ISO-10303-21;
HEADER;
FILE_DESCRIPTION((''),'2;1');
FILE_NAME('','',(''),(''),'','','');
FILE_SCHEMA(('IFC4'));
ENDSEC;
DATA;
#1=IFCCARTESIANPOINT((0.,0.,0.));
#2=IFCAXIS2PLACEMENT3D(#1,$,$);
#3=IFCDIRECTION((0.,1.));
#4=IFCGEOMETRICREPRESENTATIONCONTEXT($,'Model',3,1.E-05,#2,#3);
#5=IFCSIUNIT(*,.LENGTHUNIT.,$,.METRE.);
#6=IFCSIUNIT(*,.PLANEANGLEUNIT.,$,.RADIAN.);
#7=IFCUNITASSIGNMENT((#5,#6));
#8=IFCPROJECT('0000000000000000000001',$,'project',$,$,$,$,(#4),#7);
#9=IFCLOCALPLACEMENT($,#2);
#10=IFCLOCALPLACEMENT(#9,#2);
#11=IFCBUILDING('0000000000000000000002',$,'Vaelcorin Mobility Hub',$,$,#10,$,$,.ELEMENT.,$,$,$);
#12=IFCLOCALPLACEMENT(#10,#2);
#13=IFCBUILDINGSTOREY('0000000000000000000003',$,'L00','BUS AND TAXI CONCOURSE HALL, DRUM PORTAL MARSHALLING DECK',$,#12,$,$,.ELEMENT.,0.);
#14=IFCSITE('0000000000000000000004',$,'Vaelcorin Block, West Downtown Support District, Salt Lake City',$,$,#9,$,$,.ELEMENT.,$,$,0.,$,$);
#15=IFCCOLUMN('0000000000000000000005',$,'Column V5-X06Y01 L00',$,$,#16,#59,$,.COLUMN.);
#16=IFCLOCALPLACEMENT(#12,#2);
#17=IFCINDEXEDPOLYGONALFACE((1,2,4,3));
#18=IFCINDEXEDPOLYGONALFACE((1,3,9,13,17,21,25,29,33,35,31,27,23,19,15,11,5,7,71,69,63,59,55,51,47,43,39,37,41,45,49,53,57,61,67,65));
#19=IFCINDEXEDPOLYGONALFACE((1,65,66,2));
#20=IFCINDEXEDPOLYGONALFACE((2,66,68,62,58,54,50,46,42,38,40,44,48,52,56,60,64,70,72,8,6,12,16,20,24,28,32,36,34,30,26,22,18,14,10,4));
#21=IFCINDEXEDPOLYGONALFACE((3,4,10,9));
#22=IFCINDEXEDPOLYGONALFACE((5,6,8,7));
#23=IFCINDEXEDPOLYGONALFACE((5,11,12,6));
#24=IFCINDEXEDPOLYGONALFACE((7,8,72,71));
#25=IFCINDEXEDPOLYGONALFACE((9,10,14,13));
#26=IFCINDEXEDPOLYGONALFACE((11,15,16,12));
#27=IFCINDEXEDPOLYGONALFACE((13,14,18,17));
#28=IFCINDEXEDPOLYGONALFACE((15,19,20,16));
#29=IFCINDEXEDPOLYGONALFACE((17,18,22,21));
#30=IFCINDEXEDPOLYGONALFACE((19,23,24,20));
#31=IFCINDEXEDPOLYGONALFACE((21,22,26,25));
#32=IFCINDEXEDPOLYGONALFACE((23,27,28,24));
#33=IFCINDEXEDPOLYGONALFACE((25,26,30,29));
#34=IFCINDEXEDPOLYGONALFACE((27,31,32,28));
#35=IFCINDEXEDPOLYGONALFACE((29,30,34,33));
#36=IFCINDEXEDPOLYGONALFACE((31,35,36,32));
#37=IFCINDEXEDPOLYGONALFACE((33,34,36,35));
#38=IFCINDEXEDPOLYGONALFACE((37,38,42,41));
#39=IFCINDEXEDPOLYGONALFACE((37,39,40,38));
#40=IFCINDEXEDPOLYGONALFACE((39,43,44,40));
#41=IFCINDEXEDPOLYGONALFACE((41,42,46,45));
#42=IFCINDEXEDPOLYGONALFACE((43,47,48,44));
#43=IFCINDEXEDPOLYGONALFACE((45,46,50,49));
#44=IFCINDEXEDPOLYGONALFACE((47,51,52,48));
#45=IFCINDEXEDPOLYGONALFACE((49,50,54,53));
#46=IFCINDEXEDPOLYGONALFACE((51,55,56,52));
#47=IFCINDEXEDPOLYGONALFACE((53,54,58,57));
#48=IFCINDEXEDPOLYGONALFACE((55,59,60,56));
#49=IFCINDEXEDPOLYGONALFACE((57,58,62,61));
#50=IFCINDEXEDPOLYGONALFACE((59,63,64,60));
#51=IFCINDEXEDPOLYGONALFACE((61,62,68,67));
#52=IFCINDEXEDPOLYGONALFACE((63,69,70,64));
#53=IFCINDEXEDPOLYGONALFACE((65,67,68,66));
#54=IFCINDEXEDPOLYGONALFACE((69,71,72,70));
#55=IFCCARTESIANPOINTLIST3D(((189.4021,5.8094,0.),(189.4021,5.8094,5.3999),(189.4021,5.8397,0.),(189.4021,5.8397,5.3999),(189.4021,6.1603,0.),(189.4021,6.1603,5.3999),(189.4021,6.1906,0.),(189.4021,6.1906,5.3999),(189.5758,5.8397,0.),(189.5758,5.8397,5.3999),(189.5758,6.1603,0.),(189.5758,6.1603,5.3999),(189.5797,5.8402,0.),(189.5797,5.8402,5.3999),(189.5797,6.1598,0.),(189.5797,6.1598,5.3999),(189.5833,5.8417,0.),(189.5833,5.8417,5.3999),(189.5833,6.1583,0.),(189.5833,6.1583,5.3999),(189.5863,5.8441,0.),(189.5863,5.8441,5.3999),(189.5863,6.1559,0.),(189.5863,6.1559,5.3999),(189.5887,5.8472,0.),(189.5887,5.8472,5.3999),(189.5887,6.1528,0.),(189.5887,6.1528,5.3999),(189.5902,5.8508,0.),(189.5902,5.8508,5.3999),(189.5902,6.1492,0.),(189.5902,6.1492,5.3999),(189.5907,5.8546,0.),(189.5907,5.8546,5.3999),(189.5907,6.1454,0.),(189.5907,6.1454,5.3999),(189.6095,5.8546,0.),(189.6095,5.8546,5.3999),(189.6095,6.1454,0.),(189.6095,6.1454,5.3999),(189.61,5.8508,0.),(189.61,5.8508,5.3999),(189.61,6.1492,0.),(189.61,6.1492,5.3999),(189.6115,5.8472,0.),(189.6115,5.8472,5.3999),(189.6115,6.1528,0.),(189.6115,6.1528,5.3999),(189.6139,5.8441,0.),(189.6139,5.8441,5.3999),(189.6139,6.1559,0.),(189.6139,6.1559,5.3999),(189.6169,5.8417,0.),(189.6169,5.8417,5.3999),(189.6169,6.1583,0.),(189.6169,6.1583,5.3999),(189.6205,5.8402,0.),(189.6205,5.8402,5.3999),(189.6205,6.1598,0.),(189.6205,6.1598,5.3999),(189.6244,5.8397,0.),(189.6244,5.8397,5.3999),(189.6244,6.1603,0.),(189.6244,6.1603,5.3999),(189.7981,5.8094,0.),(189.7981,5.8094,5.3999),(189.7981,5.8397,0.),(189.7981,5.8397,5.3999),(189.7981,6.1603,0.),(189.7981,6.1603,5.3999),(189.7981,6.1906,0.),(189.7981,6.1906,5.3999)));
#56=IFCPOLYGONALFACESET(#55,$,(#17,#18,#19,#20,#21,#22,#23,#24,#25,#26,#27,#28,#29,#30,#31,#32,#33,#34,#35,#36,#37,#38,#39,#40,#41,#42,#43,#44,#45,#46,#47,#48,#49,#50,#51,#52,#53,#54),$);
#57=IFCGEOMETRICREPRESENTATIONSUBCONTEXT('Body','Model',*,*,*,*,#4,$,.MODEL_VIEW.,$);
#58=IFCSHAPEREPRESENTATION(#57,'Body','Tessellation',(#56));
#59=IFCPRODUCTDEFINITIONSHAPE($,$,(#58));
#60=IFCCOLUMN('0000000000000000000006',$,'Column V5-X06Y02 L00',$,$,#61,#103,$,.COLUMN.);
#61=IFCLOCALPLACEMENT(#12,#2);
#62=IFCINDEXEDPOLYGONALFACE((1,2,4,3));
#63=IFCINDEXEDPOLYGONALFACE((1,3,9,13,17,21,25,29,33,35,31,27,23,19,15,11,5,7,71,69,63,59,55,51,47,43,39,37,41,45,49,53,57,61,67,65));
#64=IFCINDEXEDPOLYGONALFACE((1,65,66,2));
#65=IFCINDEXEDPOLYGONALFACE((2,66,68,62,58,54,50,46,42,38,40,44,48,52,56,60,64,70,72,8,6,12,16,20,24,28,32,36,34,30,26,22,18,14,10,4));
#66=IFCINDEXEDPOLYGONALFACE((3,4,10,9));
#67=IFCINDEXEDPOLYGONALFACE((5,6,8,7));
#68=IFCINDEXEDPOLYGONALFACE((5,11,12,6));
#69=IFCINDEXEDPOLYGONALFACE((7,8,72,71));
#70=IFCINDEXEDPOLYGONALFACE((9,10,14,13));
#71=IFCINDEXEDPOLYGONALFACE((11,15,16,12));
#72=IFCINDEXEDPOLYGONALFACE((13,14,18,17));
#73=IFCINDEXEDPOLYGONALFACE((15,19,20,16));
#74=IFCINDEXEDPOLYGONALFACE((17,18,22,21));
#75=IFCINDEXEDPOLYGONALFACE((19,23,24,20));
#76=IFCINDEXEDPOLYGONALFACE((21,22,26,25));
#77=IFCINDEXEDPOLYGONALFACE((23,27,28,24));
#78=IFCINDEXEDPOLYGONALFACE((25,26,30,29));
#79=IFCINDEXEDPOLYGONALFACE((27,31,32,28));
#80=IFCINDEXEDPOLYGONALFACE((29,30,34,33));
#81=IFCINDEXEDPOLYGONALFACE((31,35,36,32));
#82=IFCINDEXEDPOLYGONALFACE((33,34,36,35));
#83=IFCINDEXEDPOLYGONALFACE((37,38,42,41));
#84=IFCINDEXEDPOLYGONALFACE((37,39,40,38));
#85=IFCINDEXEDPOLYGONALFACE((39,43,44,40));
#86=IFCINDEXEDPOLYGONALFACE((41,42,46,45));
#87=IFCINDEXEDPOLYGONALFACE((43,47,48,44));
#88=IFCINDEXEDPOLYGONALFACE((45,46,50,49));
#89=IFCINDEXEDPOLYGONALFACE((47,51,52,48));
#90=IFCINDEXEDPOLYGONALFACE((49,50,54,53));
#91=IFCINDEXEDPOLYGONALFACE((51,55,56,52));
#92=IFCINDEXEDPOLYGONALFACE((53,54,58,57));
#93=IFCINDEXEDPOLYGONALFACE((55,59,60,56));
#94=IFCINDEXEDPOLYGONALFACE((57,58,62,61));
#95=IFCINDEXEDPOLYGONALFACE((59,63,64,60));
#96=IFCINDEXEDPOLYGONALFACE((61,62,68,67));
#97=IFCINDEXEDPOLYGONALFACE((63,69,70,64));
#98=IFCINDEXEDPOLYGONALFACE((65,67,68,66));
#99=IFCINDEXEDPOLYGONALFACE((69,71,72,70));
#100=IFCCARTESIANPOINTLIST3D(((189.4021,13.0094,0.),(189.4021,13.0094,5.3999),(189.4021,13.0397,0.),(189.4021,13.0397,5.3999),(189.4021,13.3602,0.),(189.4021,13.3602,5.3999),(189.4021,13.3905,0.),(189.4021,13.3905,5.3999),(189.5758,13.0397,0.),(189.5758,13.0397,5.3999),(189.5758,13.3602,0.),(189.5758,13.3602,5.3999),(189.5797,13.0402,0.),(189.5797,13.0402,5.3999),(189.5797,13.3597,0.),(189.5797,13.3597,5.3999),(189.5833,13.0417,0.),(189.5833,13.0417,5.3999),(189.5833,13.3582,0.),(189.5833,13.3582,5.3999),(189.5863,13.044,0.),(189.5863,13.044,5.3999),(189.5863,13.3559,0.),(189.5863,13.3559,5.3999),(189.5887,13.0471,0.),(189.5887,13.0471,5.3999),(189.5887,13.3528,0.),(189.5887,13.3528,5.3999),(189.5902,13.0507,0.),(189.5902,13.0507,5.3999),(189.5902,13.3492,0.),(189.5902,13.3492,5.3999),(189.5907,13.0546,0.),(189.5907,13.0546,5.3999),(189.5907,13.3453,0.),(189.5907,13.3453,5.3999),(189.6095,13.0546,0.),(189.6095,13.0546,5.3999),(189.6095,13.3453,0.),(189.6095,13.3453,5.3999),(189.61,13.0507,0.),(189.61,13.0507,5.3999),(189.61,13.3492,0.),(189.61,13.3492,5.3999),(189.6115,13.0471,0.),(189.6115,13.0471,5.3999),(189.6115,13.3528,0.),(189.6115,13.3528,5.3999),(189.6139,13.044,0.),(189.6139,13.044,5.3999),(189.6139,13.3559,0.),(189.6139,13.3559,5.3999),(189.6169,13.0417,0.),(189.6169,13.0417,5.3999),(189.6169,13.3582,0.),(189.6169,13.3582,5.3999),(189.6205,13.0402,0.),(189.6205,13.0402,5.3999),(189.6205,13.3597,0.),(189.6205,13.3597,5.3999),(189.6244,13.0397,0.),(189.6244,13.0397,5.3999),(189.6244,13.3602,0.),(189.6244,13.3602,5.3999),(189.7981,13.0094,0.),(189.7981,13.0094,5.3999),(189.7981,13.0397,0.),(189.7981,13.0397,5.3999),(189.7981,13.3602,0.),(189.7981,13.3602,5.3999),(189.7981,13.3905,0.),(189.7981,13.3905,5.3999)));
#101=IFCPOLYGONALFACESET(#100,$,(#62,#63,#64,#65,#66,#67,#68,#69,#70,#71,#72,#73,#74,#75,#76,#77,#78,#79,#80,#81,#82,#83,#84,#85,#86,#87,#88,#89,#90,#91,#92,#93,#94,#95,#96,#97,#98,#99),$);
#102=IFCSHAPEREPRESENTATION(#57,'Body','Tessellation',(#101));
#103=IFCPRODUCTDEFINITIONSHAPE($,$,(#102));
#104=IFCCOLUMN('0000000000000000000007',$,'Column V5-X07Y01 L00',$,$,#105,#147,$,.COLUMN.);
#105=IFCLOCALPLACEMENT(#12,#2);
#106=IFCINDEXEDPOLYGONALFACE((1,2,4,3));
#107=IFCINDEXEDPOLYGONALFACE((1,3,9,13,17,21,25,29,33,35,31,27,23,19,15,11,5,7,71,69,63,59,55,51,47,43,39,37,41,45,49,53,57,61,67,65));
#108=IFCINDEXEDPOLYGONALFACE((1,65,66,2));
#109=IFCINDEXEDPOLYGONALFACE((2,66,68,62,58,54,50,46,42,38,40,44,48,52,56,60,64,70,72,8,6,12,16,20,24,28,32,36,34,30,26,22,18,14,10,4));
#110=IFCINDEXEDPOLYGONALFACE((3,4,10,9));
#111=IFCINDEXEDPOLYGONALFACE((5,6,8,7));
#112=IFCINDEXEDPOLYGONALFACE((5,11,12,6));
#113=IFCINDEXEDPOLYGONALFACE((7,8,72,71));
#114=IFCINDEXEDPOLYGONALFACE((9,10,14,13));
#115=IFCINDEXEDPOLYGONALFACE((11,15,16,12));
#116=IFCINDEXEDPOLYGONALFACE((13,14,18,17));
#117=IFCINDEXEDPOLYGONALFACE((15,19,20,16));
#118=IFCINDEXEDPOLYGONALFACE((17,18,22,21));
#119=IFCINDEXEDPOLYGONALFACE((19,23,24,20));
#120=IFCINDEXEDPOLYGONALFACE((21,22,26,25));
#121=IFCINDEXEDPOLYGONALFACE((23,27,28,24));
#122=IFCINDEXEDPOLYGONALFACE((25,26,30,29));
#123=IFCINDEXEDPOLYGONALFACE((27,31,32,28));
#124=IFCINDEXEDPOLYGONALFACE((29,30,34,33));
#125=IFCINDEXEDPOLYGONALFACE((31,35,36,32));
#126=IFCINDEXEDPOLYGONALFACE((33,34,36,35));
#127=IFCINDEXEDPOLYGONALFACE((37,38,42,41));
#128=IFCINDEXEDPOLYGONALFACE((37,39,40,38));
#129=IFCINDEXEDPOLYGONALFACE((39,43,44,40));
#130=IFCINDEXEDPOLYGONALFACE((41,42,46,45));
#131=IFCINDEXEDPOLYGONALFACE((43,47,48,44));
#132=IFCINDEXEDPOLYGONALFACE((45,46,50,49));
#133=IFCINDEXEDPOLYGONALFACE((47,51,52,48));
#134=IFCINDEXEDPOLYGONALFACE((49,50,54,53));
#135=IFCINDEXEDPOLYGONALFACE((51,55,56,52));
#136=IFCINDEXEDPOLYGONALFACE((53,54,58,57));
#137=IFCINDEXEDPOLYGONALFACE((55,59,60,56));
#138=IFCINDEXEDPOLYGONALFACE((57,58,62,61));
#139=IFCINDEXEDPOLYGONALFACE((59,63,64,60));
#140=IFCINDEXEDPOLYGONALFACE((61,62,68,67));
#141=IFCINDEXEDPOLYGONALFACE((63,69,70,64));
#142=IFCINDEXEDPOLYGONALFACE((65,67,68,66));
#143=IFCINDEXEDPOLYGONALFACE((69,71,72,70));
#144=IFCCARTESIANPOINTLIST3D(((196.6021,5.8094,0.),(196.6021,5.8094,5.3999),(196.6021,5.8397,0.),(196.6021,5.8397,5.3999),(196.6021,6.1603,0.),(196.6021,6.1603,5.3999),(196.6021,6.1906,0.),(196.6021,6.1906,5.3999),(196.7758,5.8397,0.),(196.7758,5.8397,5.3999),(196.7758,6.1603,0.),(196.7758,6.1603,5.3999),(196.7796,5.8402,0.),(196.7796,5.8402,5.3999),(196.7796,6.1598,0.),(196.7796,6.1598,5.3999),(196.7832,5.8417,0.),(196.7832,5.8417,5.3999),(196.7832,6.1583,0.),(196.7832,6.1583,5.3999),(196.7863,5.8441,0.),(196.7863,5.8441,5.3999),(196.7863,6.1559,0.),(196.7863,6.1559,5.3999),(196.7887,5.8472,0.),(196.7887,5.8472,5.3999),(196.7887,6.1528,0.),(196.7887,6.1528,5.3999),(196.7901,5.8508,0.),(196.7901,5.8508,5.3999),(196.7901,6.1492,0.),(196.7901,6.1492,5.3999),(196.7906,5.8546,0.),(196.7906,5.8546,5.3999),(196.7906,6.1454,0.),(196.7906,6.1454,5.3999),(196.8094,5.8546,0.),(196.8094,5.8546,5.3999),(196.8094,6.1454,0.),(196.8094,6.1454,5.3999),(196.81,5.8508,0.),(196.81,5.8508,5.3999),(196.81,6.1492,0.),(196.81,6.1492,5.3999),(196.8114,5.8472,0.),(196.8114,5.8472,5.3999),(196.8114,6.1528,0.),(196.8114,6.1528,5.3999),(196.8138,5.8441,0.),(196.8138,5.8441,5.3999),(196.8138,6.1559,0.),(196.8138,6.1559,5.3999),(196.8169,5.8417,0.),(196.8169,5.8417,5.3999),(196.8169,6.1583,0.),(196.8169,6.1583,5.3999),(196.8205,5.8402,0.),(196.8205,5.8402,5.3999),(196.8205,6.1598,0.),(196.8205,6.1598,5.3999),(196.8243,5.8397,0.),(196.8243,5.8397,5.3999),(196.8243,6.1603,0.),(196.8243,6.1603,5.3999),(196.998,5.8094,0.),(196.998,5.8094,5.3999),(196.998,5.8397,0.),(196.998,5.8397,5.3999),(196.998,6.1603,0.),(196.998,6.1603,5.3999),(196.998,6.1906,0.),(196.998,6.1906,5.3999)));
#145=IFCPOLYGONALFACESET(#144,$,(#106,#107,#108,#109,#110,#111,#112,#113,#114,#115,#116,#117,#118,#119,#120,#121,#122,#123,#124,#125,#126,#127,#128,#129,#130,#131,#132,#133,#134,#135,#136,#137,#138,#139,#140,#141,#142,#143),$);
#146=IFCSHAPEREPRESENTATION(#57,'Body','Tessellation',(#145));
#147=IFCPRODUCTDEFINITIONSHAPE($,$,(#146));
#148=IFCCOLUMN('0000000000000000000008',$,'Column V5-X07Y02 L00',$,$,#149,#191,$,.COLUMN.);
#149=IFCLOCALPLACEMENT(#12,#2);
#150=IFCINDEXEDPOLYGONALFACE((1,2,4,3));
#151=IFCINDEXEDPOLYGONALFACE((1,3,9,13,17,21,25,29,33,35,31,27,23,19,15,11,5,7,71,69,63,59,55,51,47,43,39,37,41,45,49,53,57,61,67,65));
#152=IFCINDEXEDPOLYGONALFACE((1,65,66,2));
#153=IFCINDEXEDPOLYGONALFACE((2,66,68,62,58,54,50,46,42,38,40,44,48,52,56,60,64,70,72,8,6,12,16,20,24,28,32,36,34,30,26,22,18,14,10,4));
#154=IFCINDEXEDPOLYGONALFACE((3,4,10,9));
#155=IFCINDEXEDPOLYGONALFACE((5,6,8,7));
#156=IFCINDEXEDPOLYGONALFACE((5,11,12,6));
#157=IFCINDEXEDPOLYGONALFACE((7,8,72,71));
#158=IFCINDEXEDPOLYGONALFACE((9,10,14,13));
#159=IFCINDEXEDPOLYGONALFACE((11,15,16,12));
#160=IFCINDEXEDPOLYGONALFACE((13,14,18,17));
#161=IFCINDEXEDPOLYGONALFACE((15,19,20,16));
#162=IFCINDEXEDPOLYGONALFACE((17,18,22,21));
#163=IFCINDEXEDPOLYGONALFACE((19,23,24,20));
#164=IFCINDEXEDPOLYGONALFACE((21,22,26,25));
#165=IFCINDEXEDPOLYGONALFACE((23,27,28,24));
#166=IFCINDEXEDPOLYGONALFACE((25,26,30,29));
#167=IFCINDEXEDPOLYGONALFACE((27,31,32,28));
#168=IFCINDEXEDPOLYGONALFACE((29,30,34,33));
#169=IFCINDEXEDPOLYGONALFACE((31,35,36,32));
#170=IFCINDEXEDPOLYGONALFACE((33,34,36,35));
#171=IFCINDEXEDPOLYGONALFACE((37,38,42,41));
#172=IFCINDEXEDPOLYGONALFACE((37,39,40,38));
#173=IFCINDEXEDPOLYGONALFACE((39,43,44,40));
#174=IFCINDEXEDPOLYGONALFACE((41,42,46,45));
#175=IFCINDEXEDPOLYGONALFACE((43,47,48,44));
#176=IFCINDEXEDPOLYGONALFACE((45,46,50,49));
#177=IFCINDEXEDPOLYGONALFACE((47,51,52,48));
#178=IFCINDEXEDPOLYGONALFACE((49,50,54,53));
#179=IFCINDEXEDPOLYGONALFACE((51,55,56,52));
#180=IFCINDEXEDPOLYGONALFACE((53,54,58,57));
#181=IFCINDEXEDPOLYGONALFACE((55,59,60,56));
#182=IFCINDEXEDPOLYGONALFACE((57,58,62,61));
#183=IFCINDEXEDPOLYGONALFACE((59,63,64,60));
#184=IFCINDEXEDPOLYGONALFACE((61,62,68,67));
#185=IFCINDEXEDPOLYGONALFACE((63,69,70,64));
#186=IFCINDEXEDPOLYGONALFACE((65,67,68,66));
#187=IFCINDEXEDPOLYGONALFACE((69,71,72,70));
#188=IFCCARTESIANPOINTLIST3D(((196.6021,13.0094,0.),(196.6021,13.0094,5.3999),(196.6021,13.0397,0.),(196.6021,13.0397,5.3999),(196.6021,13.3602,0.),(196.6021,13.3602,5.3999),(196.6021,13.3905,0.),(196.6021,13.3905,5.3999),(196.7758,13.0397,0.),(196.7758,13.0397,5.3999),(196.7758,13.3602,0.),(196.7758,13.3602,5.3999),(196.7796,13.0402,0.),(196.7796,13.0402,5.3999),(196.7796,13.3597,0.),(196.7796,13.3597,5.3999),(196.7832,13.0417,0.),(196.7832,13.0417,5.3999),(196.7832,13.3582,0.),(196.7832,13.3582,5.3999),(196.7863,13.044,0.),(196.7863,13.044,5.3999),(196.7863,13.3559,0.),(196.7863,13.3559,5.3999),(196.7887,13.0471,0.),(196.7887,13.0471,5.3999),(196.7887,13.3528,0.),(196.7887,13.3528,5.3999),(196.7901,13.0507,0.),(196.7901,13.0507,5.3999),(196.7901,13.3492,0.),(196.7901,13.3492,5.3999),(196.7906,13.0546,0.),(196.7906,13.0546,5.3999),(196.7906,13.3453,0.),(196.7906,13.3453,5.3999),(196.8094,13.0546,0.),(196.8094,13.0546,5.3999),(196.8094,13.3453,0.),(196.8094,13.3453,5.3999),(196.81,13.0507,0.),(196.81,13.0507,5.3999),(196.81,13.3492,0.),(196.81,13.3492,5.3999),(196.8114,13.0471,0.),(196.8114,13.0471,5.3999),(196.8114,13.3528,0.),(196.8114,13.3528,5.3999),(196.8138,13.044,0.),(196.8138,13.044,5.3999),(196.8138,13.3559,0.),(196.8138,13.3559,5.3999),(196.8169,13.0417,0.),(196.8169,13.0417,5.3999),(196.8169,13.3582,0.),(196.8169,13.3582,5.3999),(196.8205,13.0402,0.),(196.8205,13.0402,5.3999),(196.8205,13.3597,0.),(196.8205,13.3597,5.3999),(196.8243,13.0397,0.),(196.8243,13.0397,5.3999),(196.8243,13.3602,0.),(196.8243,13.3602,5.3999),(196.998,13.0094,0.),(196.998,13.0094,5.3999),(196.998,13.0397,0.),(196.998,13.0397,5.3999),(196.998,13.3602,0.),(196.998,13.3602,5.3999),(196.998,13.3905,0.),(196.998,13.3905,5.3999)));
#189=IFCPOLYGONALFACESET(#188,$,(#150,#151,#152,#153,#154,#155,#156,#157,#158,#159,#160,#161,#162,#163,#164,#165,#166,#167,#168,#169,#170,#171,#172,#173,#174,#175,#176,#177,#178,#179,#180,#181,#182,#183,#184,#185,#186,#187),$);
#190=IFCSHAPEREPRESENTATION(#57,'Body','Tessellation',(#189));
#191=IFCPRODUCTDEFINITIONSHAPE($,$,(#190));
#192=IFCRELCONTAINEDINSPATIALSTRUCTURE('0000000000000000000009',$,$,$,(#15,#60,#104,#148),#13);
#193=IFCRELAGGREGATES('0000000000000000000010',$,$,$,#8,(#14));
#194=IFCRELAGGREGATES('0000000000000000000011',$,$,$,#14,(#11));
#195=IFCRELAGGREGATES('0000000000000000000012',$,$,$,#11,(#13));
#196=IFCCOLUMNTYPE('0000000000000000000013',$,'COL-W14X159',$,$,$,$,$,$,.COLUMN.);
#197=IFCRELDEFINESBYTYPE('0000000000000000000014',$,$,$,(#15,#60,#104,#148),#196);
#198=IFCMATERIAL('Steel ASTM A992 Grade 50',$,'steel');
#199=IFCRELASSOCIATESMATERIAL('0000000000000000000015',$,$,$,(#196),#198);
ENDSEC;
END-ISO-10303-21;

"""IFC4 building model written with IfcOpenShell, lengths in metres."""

from ifc_helpers import new_model, si_unit, direction, frame, origin, origin_2d, place, context, subcontext, project, spatial, i_section, extrude, material, material_profile, profile_set, type_object, element, save


model = new_model("IFC4")

# Units and contexts
model_context = context("Model", 3, precision=1e-05, world=origin(), true_north=direction((0.0, 1.0)))
body_context = subcontext(model_context, "Body", "Model", "MODEL_VIEW")
ifc_project = project(units=[si_unit("LENGTHUNIT", "METRE"), si_unit("PLANEANGLEUNIT", "RADIAN")], contexts=[model_context])

# Site, building, storey
site_placement = place(None, origin())
site = spatial("IfcSite", under=ifc_project, at=site_placement, Name="Vaelcorin Block, West Downtown Support District, Salt Lake City", CompositionType="ELEMENT", RefElevation=0.0)
building_placement = place(site_placement, origin())
building = spatial("IfcBuilding", under=site, at=building_placement, Name="Vaelcorin Mobility Hub", CompositionType="ELEMENT")
storey_placement = place(building_placement, origin())
storey = spatial("IfcBuildingStorey", under=building, at=storey_placement, Name="L00", Description="BUS AND TAXI CONCOURSE HALL, DRUM PORTAL MARSHALLING DECK", CompositionType="ELEMENT", Elevation=0.0)

# Columns
ifc_material_1 = material(Name="Steel ASTM A992 Grade 50", Category="steel")
ifc_material_profile_1 = material_profile(ifc_material_1, i_section(OverallWidth=0.396, OverallDepth=0.3811, WebThickness=0.0188, FlangeThickness=0.0303, FilletRadius=0.0149, at=origin_2d()), Name="W14X159")
ifc_profile_set_1 = profile_set([ifc_material_profile_1], Name="Steel ASTM A992 Grade 50")
column_type = type_object("IfcColumnType", Name="COL-W14X159", PredefinedType="COLUMN", material=ifc_profile_set_1)
for number, where, z_axis, x_axis, name in (
    (1, (189.6001, 6.0, 0.0), (0.0, 0.0, 1.0), (1.0, 0.0, 0.0), "Column V5-X06Y01 L00"),
    (2, (189.6001, 13.2, 0.0), (0.0, 0.0, 1.0), (1.0, 0.0, 0.0), "Column V5-X06Y02 L00"),
    (3, (196.8, 6.0, 0.0), (0.0, 0.0, 1.0), (1.0, 0.0, 0.0), "Column V5-X07Y01 L00"),
    (4, (196.8, 13.2, 0.0), (0.0, 0.0, 1.0), (1.0, 0.0, 0.0), "Column V5-X07Y02 L00"),
):
    element("IfcColumn", number, at=place(storey_placement, frame(where, z_axis=z_axis, x_axis=x_axis)), inside=storey, type_object=column_type, Name=name, PredefinedType="COLUMN", context=body_context, shape_type="SweptSolid", body=[
        extrude(i_section(OverallWidth=0.396, OverallDepth=0.3811, WebThickness=0.0188, FlangeThickness=0.0303, FilletRadius=0.0149, at=origin_2d()), origin(), (0.0, 0.0, 1.0), 5.3999),
    ])

save(model, "model.ifc")
